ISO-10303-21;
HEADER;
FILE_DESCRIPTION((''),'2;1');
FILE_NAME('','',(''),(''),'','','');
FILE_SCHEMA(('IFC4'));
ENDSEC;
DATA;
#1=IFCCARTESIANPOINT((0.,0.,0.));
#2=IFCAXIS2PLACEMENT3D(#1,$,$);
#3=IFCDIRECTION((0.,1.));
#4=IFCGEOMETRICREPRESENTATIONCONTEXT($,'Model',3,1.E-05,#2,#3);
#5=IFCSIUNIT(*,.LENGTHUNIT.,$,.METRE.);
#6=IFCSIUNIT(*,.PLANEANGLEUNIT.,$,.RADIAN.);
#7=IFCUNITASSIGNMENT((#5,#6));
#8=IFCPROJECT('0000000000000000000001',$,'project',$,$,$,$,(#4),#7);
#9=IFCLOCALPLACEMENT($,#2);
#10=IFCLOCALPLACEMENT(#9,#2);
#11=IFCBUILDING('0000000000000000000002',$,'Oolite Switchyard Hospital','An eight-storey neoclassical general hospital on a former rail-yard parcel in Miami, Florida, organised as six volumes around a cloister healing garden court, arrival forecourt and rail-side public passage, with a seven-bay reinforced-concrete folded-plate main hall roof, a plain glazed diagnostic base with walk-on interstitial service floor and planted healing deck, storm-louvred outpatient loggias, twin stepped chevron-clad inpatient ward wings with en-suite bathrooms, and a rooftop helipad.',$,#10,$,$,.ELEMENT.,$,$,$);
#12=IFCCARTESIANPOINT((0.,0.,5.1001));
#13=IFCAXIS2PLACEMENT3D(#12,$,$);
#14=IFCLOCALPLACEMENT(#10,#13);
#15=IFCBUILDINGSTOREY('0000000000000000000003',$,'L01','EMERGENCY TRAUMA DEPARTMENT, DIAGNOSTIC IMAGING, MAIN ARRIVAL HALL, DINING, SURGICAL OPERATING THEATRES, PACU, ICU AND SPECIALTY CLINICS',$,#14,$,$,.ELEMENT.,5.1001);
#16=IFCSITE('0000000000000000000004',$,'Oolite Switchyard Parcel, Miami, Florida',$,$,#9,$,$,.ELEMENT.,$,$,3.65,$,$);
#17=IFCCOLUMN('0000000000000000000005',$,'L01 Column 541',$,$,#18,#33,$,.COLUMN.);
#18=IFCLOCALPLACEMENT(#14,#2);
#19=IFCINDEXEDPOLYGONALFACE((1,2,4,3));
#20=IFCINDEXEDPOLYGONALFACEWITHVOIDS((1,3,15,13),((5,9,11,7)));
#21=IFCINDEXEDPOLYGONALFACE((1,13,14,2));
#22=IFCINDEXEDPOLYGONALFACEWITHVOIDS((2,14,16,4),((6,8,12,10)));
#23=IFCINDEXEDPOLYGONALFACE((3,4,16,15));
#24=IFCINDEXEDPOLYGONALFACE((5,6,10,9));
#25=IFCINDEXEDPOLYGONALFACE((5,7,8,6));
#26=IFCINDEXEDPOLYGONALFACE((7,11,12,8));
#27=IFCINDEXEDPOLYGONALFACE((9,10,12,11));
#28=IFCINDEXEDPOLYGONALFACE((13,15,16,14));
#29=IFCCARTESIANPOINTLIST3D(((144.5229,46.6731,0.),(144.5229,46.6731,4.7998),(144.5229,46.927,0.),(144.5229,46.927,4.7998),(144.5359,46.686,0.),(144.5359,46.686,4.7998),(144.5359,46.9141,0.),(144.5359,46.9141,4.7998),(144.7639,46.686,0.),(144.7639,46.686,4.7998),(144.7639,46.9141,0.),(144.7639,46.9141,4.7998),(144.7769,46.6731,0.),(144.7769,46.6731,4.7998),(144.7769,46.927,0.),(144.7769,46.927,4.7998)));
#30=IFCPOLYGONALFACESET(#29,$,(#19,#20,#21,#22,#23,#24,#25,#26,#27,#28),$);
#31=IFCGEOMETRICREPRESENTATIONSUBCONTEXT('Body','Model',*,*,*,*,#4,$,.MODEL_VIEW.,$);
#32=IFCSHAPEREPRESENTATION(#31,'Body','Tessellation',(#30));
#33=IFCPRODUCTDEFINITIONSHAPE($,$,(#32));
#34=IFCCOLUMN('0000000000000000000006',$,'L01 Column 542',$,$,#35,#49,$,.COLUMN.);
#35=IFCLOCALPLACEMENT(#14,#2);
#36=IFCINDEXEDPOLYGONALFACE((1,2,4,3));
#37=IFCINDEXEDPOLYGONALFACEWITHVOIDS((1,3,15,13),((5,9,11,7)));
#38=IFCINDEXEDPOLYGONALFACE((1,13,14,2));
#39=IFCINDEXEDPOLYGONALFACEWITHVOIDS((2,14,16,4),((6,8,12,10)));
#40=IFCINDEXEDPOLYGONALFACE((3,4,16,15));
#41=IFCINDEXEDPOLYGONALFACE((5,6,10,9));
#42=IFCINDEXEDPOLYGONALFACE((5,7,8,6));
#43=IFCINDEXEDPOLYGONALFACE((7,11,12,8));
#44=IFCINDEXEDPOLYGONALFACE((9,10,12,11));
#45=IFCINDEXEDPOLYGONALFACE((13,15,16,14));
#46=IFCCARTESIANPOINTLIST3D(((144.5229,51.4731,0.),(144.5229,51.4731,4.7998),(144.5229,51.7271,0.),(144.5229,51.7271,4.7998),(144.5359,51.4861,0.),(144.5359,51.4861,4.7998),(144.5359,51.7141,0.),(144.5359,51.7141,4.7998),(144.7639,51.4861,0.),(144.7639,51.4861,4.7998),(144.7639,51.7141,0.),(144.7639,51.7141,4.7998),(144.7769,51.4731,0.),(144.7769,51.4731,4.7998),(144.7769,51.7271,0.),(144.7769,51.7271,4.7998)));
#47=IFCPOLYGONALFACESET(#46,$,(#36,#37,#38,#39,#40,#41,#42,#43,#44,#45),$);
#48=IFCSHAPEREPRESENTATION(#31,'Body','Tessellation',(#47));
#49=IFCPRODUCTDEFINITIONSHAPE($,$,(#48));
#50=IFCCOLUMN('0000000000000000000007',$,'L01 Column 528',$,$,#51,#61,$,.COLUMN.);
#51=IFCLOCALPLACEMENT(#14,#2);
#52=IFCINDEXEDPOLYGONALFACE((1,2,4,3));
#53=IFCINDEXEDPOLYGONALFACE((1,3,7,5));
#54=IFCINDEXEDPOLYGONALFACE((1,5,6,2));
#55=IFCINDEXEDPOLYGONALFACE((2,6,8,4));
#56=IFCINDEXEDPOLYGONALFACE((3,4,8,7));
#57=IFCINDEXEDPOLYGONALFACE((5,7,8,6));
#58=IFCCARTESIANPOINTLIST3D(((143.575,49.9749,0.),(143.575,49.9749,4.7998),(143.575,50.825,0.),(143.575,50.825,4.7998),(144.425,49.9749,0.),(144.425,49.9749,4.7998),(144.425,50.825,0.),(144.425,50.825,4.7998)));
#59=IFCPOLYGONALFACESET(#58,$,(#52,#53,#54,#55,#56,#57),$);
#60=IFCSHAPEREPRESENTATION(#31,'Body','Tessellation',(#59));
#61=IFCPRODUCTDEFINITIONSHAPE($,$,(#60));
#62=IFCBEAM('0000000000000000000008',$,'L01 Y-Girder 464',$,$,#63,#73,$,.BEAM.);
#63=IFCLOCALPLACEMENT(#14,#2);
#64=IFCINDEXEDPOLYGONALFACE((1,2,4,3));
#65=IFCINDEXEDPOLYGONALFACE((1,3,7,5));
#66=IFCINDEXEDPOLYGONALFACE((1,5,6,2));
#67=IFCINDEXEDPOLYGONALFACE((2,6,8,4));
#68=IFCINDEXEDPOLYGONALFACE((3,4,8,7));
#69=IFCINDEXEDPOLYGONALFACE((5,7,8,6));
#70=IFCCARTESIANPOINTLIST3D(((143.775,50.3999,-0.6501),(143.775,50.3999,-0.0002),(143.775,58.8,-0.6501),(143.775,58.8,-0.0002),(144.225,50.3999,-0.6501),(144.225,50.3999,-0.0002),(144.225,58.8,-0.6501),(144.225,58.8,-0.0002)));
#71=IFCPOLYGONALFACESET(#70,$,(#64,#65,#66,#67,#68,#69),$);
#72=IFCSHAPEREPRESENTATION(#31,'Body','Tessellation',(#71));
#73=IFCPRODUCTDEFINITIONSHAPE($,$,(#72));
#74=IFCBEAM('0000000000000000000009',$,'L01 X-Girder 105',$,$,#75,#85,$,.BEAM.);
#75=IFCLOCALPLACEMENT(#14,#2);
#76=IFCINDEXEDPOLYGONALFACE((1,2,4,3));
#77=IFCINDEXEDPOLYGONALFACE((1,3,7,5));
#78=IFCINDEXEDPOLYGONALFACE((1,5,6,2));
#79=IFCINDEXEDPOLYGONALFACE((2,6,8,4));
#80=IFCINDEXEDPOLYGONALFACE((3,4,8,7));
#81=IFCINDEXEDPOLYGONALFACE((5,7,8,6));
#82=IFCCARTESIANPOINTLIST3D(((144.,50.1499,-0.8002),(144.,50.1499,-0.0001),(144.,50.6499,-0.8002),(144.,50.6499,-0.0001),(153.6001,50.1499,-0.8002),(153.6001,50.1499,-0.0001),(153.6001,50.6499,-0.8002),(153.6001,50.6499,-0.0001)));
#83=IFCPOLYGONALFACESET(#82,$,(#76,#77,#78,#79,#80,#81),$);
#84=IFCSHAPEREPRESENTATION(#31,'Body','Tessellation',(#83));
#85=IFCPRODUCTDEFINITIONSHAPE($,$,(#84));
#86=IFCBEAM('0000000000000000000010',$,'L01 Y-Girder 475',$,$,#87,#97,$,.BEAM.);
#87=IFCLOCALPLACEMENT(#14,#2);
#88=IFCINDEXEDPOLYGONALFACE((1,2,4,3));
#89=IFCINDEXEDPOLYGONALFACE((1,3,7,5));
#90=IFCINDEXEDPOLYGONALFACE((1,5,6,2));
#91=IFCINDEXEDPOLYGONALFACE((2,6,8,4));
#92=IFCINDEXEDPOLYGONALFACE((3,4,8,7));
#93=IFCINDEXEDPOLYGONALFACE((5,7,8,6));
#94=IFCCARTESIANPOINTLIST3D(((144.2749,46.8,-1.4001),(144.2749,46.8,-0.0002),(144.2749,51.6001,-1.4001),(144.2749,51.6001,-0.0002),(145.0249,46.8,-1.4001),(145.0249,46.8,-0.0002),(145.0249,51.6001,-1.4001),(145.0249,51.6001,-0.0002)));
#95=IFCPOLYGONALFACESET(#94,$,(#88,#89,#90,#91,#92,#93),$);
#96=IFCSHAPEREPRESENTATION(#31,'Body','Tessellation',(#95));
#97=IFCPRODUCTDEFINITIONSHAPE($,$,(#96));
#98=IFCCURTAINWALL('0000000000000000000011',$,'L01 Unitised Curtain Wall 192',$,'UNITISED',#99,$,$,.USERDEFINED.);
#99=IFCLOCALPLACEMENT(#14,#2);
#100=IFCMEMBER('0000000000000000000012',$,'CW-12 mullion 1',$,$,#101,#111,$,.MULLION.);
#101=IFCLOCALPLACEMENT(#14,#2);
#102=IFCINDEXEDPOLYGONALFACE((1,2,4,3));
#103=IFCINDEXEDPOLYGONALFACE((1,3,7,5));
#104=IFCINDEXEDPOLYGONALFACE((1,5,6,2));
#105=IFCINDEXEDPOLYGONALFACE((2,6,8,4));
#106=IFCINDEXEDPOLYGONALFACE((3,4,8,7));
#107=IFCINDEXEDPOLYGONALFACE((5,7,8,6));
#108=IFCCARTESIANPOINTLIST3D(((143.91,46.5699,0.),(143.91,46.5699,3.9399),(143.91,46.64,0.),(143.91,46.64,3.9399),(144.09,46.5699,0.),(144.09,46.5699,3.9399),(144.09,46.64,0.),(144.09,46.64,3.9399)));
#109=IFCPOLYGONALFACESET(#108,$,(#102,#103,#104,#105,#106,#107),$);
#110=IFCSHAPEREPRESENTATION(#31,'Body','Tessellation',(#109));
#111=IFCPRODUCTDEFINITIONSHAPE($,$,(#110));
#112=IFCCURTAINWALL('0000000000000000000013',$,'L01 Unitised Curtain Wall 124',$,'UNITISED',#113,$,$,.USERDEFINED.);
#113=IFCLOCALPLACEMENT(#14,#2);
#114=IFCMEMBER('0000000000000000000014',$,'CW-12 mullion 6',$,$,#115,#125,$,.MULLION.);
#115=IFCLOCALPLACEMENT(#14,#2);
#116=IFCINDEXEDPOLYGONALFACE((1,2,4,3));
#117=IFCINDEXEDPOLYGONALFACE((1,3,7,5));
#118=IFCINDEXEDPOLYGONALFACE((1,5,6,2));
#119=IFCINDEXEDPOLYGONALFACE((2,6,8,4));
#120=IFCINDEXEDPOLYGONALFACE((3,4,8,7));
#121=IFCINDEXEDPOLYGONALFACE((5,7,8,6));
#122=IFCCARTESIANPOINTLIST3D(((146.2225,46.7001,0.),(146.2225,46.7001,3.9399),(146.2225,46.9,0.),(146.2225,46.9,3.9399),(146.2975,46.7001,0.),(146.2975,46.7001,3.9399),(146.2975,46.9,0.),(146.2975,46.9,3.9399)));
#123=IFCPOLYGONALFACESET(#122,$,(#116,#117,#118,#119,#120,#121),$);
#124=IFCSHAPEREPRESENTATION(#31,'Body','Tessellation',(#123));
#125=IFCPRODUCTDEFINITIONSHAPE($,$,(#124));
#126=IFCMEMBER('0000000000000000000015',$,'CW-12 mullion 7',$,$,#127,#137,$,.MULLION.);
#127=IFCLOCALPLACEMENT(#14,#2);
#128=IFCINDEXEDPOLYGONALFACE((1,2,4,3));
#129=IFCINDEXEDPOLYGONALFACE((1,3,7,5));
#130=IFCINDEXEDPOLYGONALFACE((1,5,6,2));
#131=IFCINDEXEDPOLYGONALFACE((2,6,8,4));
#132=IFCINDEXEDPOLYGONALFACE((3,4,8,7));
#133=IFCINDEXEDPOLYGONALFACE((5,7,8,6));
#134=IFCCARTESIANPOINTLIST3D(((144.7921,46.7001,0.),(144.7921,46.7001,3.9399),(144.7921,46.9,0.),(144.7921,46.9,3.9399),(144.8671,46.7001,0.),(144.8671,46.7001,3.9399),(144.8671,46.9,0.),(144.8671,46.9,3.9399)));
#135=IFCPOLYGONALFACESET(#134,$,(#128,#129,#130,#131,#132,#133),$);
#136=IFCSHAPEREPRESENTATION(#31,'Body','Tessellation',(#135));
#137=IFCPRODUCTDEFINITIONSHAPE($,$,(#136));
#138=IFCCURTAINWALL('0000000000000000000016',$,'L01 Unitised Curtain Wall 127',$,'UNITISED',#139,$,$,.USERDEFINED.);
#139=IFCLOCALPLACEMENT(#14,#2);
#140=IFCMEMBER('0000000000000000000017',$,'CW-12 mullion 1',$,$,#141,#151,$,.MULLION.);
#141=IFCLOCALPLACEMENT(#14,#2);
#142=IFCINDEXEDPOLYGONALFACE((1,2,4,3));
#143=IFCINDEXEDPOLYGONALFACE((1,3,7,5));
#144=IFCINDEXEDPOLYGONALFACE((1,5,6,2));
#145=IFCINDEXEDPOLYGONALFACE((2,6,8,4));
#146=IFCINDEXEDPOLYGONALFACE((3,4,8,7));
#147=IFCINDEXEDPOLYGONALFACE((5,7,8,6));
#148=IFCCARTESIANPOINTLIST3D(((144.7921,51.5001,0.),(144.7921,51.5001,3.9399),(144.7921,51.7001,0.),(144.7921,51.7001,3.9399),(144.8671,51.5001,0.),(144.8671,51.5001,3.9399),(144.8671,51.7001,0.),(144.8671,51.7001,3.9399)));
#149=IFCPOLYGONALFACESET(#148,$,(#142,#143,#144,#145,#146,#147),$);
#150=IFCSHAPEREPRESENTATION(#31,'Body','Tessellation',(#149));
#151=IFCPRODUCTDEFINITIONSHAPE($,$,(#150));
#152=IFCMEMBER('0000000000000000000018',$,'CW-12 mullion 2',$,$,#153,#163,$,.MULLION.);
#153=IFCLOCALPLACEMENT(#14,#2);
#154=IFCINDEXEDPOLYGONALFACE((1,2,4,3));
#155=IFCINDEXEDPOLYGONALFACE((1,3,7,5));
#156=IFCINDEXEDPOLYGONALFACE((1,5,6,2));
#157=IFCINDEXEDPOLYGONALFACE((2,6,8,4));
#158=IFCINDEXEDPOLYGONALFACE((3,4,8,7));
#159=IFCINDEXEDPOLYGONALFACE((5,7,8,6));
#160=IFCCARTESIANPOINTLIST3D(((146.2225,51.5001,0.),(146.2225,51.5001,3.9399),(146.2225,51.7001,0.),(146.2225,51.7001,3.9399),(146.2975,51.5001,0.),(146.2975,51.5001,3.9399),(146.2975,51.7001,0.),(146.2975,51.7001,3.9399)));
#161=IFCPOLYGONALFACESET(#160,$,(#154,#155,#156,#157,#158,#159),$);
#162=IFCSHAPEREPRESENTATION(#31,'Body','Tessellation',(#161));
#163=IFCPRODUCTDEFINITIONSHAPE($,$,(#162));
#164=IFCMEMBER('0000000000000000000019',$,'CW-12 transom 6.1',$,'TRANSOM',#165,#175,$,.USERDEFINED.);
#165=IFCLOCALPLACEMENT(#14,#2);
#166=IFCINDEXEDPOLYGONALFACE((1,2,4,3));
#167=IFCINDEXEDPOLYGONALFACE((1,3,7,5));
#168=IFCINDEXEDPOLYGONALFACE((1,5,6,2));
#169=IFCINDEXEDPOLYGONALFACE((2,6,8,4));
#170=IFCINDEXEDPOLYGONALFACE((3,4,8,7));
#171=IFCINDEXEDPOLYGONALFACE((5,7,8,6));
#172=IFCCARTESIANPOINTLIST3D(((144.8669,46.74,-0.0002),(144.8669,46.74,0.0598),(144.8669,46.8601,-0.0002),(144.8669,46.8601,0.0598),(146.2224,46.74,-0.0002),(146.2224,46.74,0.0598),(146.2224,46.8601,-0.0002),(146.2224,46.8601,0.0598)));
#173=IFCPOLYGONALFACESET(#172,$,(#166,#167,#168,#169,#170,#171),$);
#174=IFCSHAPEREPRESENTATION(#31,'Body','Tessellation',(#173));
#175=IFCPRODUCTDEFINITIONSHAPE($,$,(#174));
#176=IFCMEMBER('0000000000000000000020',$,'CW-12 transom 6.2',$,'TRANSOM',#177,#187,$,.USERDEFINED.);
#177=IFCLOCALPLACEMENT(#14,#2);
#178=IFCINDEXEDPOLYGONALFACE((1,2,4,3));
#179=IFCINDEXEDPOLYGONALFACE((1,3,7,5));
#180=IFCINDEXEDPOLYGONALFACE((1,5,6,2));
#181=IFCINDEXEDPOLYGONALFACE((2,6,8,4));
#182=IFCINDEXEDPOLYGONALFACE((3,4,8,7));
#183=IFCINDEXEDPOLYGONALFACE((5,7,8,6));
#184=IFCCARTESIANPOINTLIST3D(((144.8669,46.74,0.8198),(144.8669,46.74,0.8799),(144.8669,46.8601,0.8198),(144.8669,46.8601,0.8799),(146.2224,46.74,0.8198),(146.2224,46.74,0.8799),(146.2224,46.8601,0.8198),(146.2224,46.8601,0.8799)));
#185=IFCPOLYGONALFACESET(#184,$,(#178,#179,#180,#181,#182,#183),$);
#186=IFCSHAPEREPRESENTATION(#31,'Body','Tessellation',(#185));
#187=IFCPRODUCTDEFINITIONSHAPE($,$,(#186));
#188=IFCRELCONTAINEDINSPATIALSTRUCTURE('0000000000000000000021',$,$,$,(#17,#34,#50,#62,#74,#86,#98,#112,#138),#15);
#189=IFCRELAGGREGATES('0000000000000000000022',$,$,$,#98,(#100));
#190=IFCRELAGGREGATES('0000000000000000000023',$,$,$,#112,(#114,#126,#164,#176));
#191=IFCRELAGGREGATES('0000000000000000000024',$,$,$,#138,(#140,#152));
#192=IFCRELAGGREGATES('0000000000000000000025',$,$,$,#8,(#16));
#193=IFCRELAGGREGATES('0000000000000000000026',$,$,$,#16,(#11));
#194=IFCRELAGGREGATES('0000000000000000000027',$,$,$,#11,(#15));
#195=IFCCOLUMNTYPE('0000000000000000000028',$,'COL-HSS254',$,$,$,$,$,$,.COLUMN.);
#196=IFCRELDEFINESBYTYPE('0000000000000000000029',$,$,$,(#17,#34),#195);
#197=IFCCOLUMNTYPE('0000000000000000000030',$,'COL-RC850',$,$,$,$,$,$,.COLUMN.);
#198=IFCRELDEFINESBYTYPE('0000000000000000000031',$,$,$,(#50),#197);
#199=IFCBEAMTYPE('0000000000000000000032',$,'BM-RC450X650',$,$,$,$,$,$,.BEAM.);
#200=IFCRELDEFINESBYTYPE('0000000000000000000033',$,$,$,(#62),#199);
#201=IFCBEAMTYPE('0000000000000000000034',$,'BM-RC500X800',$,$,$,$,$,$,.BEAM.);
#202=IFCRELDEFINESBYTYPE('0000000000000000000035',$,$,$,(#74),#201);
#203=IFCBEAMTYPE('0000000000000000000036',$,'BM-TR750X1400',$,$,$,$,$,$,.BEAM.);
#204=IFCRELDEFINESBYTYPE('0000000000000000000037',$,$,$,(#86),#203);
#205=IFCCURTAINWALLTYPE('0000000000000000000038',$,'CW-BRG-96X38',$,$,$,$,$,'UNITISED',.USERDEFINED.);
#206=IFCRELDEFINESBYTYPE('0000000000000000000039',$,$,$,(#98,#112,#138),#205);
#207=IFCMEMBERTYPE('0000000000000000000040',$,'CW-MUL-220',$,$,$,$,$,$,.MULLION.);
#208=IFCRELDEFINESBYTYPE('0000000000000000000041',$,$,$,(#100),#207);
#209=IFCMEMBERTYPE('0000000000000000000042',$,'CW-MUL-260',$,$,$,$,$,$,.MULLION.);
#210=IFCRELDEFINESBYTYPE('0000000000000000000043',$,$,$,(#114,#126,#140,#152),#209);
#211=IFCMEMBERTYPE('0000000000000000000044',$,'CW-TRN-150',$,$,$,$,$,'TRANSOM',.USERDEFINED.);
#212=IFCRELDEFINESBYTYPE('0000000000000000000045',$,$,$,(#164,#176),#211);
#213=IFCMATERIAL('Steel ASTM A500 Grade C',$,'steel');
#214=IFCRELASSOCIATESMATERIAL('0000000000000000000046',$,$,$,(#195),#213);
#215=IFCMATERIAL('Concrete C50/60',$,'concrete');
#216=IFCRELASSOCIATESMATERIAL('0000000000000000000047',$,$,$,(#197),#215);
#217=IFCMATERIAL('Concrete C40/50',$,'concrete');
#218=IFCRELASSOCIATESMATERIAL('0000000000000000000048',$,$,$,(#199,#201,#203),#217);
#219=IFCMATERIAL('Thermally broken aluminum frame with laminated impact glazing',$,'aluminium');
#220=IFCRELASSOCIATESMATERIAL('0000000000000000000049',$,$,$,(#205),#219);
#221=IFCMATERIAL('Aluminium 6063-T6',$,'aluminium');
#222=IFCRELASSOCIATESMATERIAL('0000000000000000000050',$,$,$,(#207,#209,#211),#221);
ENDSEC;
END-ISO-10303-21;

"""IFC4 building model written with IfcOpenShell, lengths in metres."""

from ifc_helpers import new_model, si_unit, direction, frame, origin, origin_2d, place, context, subcontext, project, spatial, rectangle, hollow_rectangle, extrude, material, material_profile, profile_set, type_object, element, aggregate, save


model = new_model("IFC4")

# Units and contexts
model_context = context("Model", 3, precision=1e-05, world=origin(), true_north=direction((0.0, 1.0)))
body_context = subcontext(model_context, "Body", "Model", "MODEL_VIEW")
ifc_project = project(units=[si_unit("LENGTHUNIT", "METRE"), si_unit("PLANEANGLEUNIT", "RADIAN")], contexts=[model_context])

# Site, building, storey
site_placement = place(None, origin())
site = spatial("IfcSite", under=ifc_project, at=site_placement, Name="Oolite Switchyard Parcel, Miami, Florida", CompositionType="ELEMENT", RefElevation=3.65)
building_placement = place(site_placement, origin())
building = spatial("IfcBuilding", under=site, at=building_placement, Name="Oolite Switchyard Hospital", Description="An eight-storey neoclassical general hospital on a former rail-yard parcel in Miami, Florida, organised as six volumes around a cloister healing garden court, arrival forecourt and rail-side public passage, with a seven-bay reinforced-concrete folded-plate main hall roof, a plain glazed diagnostic base with walk-on interstitial service floor and planted healing deck, storm-louvred outpatient loggias, twin stepped chevron-clad inpatient ward wings with en-suite bathrooms, and a rooftop helipad.", CompositionType="ELEMENT")
storey_placement = place(building_placement, frame((0.0, 0.0, 5.1001)))
storey = spatial("IfcBuildingStorey", under=building, at=storey_placement, Name="L01", Description="EMERGENCY TRAUMA DEPARTMENT, DIAGNOSTIC IMAGING, MAIN ARRIVAL HALL, DINING, SURGICAL OPERATING THEATRES, PACU, ICU AND SPECIALTY CLINICS", CompositionType="ELEMENT", Elevation=5.1001)

# Columns
ifc_material_1 = material(Name="Steel ASTM A500 Grade C", Category="steel")
ifc_material_profile_1 = material_profile(ifc_material_1, hollow_rectangle(XDim=0.2539, YDim=0.2539, WallThickness=0.0129, at=origin_2d()), Name="HSS254X254X13")
ifc_profile_set_1 = profile_set([ifc_material_profile_1], Name="Steel ASTM A500 Grade C")
column_type_1 = type_object("IfcColumnType", Name="COL-HSS254", PredefinedType="COLUMN", material=ifc_profile_set_1)
for number, where, z_axis, x_axis, name in (
    (1, (144.6499, 46.8, 0.0), (0.0, 0.0, 1.0), (1.0, 0.0, 0.0), "L01 Column 541"),
    (2, (144.6499, 51.6001, 0.0), (0.0, 0.0, 1.0), (1.0, 0.0, 0.0), "L01 Column 542"),
):
    element("IfcColumn", number, at=place(storey_placement, frame(where, z_axis=z_axis, x_axis=x_axis)), inside=storey, type_object=column_type_1, Name=name, PredefinedType="COLUMN", context=body_context, shape_type="SweptSolid", body=[
        extrude(hollow_rectangle(XDim=0.2539, YDim=0.2539, WallThickness=0.0129, at=origin_2d()), origin(), (0.0, 0.0, 1.0), 4.7998),
    ])
ifc_material_2 = material(Name="Concrete C50/60", Category="concrete")
ifc_material_profile_2 = material_profile(ifc_material_2, rectangle(XDim=0.8501, YDim=0.8501, at=origin_2d()), Name="RC850X850")
ifc_profile_set_2 = profile_set([ifc_material_profile_2], Name="Concrete C50/60")
column_type_2 = type_object("IfcColumnType", Name="COL-RC850", PredefinedType="COLUMN", material=ifc_profile_set_2)
column_placement = place(storey_placement, frame((144.0, 50.3999, 0.0), z_axis=(0.0, 0.0, 1.0), x_axis=(1.0, 0.0, 0.0)))
element("IfcColumn", 3, at=column_placement, inside=storey, type_object=column_type_2, Name="L01 Column 528", PredefinedType="COLUMN", context=body_context, shape_type="SweptSolid", body=[
    extrude(rectangle(XDim=0.8501, YDim=0.8501, at=origin_2d()), origin(), (0.0, 0.0, 1.0), 4.7998),
])

# Beams
ifc_material_3 = material(Name="Concrete C40/50", Category="concrete")
ifc_material_profile_3 = material_profile(ifc_material_3, rectangle(XDim=0.45, YDim=0.6499, at=origin_2d()), Name="RCB450X650")
ifc_profile_set_3 = profile_set([ifc_material_profile_3], Name="Concrete C40/50")
beam_type_1 = type_object("IfcBeamType", Name="BM-RC450X650", PredefinedType="BEAM", material=ifc_profile_set_3)
beam_1_placement = place(storey_placement, frame((144.0, 50.3999, -0.3252), z_axis=(0.0, 1.0, 0.0), x_axis=(-1.0, 0.0, 0.0)))
element("IfcBeam", 4, at=beam_1_placement, inside=storey, type_object=beam_type_1, Name="L01 Y-Girder 464", PredefinedType="BEAM", context=body_context, shape_type="SweptSolid", body=[
    extrude(rectangle(XDim=0.45, YDim=0.6499, at=origin_2d()), origin(), (0.0, 0.0, 1.0), 8.4001),
])
ifc_material_profile_4 = material_profile(ifc_material_3, rectangle(XDim=0.5, YDim=0.8, at=origin_2d()), Name="RCB500X800")
ifc_profile_set_4 = profile_set([ifc_material_profile_4], Name="Concrete C40/50")
beam_type_2 = type_object("IfcBeamType", Name="BM-RC500X800", PredefinedType="BEAM", material=ifc_profile_set_4)
beam_2_placement = place(storey_placement, frame((144.0, 50.3999, -0.4001), z_axis=(1.0, 0.0, 0.0), x_axis=(0.0, 1.0, 0.0)))
element("IfcBeam", 5, at=beam_2_placement, inside=storey, type_object=beam_type_2, Name="L01 X-Girder 105", PredefinedType="BEAM", context=body_context, shape_type="SweptSolid", body=[
    extrude(rectangle(XDim=0.5, YDim=0.8, at=origin_2d()), origin(), (0.0, 0.0, 1.0), 9.6001),
])
ifc_material_profile_5 = material_profile(ifc_material_3, rectangle(XDim=0.75, YDim=1.3999, at=origin_2d()), Name="RCT750X1400")
ifc_profile_set_5 = profile_set([ifc_material_profile_5], Name="Concrete C40/50")
beam_type_3 = type_object("IfcBeamType", Name="BM-TR750X1400", PredefinedType="BEAM", material=ifc_profile_set_5)
beam_3_placement = place(storey_placement, frame((144.6499, 46.8, -0.7002), z_axis=(0.0, 1.0, 0.0), x_axis=(-1.0, 0.0, 0.0)))
element("IfcBeam", 6, at=beam_3_placement, inside=storey, type_object=beam_type_3, Name="L01 Y-Girder 475", PredefinedType="BEAM", context=body_context, shape_type="SweptSolid", body=[
    extrude(rectangle(XDim=0.75, YDim=1.3999, at=origin_2d()), origin(), (0.0, 0.0, 1.0), 4.8),
])

# Curtain wall, member
ifc_material_4 = material(Name="Thermally broken aluminum frame with laminated impact glazing", Category="aluminium")
curtain_wall_type = type_object("IfcCurtainWallType", Name="CW-BRG-96X38", ElementType="UNITISED", PredefinedType="USERDEFINED", material=ifc_material_4)
curtain_wall_1_placement = place(storey_placement, origin())
curtain_wall_1 = element("IfcCurtainWall", 7, at=curtain_wall_1_placement, inside=storey, type_object=curtain_wall_type, Name="L01 Unitised Curtain Wall 192", ObjectType="UNITISED", PredefinedType="USERDEFINED")
ifc_material_5 = material(Name="Aluminium 6063-T6", Category="aluminium")
ifc_material_profile_6 = material_profile(ifc_material_5, rectangle(XDim=0.1799, YDim=0.0701, at=origin_2d()), Name="CWM70X180")
ifc_profile_set_6 = profile_set([ifc_material_profile_6], Name="Aluminium 6063-T6")
member_type_1 = type_object("IfcMemberType", Name="CW-MUL-220", PredefinedType="MULLION", material=ifc_profile_set_6)
member_1_placement = place(storey_placement, frame((144.0, 46.605, 0.0), z_axis=(0.0, 0.0, 1.0), x_axis=(1.0, 0.0, 0.0)))
member_1 = element("IfcMember", 8, at=member_1_placement, type_object=member_type_1, Name="CW-12 mullion 1", PredefinedType="MULLION", context=body_context, shape_type="SweptSolid", body=[
    extrude(rectangle(XDim=0.1799, YDim=0.0701, at=origin_2d()), origin(), (0.0, 0.0, 1.0), 3.9399),
])

# Curtain walls, members
curtain_wall_2_placement = place(storey_placement, origin())
curtain_wall_2 = element("IfcCurtainWall", 9, at=curtain_wall_2_placement, inside=storey, type_object=curtain_wall_type, Name="L01 Unitised Curtain Wall 124", ObjectType="UNITISED", PredefinedType="USERDEFINED")
ifc_material_profile_7 = material_profile(ifc_material_5, rectangle(XDim=0.2, YDim=0.075, at=origin_2d()), Name="CWM75X200")
ifc_profile_set_7 = profile_set([ifc_material_profile_7], Name="Aluminium 6063-T6")
member_type_2 = type_object("IfcMemberType", Name="CW-MUL-260", PredefinedType="MULLION", material=ifc_profile_set_7)
member_2_placement = place(storey_placement, frame((146.26, 46.8, 0.0), z_axis=(0.0, 0.0, 1.0), x_axis=(0.0, -1.0, 0.0)))
member_2 = element("IfcMember", 10, at=member_2_placement, type_object=member_type_2, Name="CW-12 mullion 6", PredefinedType="MULLION", context=body_context, shape_type="SweptSolid", body=[
    extrude(rectangle(XDim=0.2, YDim=0.075, at=origin_2d()), origin(), (0.0, 0.0, 1.0), 3.9399),
])
member_3_placement = place(storey_placement, frame((144.8296, 46.8, 0.0), z_axis=(0.0, 0.0, 1.0), x_axis=(0.0, -1.0, 0.0)))
member_3 = element("IfcMember", 11, at=member_3_placement, type_object=member_type_2, Name="CW-12 mullion 7", PredefinedType="MULLION", context=body_context, shape_type="SweptSolid", body=[
    extrude(rectangle(XDim=0.2, YDim=0.075, at=origin_2d()), origin(), (0.0, 0.0, 1.0), 3.9399),
])
curtain_wall_3_placement = place(storey_placement, origin())
curtain_wall_3 = element("IfcCurtainWall", 12, at=curtain_wall_3_placement, inside=storey, type_object=curtain_wall_type, Name="L01 Unitised Curtain Wall 127", ObjectType="UNITISED", PredefinedType="USERDEFINED")
member_4_placement = place(storey_placement, frame((144.8296, 51.6001, 0.0), z_axis=(0.0, 0.0, 1.0), x_axis=(0.0, 1.0, 0.0)))
member_4 = element("IfcMember", 13, at=member_4_placement, type_object=member_type_2, Name="CW-12 mullion 1", PredefinedType="MULLION", context=body_context, shape_type="SweptSolid", body=[
    extrude(rectangle(XDim=0.2, YDim=0.075, at=origin_2d()), origin(), (0.0, 0.0, 1.0), 3.9399),
])
member_5_placement = place(storey_placement, frame((146.26, 51.6001, 0.0), z_axis=(0.0, 0.0, 1.0), x_axis=(0.0, 1.0, 0.0)))
member_5 = element("IfcMember", 14, at=member_5_placement, type_object=member_type_2, Name="CW-12 mullion 2", PredefinedType="MULLION", context=body_context, shape_type="SweptSolid", body=[
    extrude(rectangle(XDim=0.2, YDim=0.075, at=origin_2d()), origin(), (0.0, 0.0, 1.0), 3.9399),
])

# Members
ifc_material_profile_8 = material_profile(ifc_material_5, rectangle(XDim=0.1201, YDim=0.0601, at=origin_2d()), Name="CWT60X120")
ifc_profile_set_8 = profile_set([ifc_material_profile_8], Name="Aluminium 6063-T6")
member_type_3 = type_object("IfcMemberType", Name="CW-TRN-150", ElementType="TRANSOM", PredefinedType="USERDEFINED", material=ifc_profile_set_8)
member_6_placement = place(storey_placement, frame((146.2224, 46.8, 0.0298), z_axis=(-1.0, 0.0, 0.0), x_axis=(0.0, -1.0, 0.0)))
member_6 = element("IfcMember", 15, at=member_6_placement, type_object=member_type_3, Name="CW-12 transom 6.1", ObjectType="TRANSOM", PredefinedType="USERDEFINED", context=body_context, shape_type="SweptSolid", body=[
    extrude(rectangle(XDim=0.1201, YDim=0.0601, at=origin_2d()), origin(), (0.0, 0.0, 1.0), 1.3555),
])
member_7_placement = place(storey_placement, frame((146.2224, 46.8, 0.8499), z_axis=(-1.0, 0.0, 0.0), x_axis=(0.0, -1.0, 0.0)))
member_7 = element("IfcMember", 16, at=member_7_placement, type_object=member_type_3, Name="CW-12 transom 6.2", ObjectType="TRANSOM", PredefinedType="USERDEFINED", context=body_context, shape_type="SweptSolid", body=[
    extrude(rectangle(XDim=0.1201, YDim=0.0601, at=origin_2d()), origin(), (0.0, 0.0, 1.0), 1.3555),
])
aggregate(curtain_wall_1, [member_1])

aggregate(curtain_wall_2, [member_2, member_3, member_6, member_7])
aggregate(curtain_wall_3, [member_4, member_5])

save(model, "model.ifc")
